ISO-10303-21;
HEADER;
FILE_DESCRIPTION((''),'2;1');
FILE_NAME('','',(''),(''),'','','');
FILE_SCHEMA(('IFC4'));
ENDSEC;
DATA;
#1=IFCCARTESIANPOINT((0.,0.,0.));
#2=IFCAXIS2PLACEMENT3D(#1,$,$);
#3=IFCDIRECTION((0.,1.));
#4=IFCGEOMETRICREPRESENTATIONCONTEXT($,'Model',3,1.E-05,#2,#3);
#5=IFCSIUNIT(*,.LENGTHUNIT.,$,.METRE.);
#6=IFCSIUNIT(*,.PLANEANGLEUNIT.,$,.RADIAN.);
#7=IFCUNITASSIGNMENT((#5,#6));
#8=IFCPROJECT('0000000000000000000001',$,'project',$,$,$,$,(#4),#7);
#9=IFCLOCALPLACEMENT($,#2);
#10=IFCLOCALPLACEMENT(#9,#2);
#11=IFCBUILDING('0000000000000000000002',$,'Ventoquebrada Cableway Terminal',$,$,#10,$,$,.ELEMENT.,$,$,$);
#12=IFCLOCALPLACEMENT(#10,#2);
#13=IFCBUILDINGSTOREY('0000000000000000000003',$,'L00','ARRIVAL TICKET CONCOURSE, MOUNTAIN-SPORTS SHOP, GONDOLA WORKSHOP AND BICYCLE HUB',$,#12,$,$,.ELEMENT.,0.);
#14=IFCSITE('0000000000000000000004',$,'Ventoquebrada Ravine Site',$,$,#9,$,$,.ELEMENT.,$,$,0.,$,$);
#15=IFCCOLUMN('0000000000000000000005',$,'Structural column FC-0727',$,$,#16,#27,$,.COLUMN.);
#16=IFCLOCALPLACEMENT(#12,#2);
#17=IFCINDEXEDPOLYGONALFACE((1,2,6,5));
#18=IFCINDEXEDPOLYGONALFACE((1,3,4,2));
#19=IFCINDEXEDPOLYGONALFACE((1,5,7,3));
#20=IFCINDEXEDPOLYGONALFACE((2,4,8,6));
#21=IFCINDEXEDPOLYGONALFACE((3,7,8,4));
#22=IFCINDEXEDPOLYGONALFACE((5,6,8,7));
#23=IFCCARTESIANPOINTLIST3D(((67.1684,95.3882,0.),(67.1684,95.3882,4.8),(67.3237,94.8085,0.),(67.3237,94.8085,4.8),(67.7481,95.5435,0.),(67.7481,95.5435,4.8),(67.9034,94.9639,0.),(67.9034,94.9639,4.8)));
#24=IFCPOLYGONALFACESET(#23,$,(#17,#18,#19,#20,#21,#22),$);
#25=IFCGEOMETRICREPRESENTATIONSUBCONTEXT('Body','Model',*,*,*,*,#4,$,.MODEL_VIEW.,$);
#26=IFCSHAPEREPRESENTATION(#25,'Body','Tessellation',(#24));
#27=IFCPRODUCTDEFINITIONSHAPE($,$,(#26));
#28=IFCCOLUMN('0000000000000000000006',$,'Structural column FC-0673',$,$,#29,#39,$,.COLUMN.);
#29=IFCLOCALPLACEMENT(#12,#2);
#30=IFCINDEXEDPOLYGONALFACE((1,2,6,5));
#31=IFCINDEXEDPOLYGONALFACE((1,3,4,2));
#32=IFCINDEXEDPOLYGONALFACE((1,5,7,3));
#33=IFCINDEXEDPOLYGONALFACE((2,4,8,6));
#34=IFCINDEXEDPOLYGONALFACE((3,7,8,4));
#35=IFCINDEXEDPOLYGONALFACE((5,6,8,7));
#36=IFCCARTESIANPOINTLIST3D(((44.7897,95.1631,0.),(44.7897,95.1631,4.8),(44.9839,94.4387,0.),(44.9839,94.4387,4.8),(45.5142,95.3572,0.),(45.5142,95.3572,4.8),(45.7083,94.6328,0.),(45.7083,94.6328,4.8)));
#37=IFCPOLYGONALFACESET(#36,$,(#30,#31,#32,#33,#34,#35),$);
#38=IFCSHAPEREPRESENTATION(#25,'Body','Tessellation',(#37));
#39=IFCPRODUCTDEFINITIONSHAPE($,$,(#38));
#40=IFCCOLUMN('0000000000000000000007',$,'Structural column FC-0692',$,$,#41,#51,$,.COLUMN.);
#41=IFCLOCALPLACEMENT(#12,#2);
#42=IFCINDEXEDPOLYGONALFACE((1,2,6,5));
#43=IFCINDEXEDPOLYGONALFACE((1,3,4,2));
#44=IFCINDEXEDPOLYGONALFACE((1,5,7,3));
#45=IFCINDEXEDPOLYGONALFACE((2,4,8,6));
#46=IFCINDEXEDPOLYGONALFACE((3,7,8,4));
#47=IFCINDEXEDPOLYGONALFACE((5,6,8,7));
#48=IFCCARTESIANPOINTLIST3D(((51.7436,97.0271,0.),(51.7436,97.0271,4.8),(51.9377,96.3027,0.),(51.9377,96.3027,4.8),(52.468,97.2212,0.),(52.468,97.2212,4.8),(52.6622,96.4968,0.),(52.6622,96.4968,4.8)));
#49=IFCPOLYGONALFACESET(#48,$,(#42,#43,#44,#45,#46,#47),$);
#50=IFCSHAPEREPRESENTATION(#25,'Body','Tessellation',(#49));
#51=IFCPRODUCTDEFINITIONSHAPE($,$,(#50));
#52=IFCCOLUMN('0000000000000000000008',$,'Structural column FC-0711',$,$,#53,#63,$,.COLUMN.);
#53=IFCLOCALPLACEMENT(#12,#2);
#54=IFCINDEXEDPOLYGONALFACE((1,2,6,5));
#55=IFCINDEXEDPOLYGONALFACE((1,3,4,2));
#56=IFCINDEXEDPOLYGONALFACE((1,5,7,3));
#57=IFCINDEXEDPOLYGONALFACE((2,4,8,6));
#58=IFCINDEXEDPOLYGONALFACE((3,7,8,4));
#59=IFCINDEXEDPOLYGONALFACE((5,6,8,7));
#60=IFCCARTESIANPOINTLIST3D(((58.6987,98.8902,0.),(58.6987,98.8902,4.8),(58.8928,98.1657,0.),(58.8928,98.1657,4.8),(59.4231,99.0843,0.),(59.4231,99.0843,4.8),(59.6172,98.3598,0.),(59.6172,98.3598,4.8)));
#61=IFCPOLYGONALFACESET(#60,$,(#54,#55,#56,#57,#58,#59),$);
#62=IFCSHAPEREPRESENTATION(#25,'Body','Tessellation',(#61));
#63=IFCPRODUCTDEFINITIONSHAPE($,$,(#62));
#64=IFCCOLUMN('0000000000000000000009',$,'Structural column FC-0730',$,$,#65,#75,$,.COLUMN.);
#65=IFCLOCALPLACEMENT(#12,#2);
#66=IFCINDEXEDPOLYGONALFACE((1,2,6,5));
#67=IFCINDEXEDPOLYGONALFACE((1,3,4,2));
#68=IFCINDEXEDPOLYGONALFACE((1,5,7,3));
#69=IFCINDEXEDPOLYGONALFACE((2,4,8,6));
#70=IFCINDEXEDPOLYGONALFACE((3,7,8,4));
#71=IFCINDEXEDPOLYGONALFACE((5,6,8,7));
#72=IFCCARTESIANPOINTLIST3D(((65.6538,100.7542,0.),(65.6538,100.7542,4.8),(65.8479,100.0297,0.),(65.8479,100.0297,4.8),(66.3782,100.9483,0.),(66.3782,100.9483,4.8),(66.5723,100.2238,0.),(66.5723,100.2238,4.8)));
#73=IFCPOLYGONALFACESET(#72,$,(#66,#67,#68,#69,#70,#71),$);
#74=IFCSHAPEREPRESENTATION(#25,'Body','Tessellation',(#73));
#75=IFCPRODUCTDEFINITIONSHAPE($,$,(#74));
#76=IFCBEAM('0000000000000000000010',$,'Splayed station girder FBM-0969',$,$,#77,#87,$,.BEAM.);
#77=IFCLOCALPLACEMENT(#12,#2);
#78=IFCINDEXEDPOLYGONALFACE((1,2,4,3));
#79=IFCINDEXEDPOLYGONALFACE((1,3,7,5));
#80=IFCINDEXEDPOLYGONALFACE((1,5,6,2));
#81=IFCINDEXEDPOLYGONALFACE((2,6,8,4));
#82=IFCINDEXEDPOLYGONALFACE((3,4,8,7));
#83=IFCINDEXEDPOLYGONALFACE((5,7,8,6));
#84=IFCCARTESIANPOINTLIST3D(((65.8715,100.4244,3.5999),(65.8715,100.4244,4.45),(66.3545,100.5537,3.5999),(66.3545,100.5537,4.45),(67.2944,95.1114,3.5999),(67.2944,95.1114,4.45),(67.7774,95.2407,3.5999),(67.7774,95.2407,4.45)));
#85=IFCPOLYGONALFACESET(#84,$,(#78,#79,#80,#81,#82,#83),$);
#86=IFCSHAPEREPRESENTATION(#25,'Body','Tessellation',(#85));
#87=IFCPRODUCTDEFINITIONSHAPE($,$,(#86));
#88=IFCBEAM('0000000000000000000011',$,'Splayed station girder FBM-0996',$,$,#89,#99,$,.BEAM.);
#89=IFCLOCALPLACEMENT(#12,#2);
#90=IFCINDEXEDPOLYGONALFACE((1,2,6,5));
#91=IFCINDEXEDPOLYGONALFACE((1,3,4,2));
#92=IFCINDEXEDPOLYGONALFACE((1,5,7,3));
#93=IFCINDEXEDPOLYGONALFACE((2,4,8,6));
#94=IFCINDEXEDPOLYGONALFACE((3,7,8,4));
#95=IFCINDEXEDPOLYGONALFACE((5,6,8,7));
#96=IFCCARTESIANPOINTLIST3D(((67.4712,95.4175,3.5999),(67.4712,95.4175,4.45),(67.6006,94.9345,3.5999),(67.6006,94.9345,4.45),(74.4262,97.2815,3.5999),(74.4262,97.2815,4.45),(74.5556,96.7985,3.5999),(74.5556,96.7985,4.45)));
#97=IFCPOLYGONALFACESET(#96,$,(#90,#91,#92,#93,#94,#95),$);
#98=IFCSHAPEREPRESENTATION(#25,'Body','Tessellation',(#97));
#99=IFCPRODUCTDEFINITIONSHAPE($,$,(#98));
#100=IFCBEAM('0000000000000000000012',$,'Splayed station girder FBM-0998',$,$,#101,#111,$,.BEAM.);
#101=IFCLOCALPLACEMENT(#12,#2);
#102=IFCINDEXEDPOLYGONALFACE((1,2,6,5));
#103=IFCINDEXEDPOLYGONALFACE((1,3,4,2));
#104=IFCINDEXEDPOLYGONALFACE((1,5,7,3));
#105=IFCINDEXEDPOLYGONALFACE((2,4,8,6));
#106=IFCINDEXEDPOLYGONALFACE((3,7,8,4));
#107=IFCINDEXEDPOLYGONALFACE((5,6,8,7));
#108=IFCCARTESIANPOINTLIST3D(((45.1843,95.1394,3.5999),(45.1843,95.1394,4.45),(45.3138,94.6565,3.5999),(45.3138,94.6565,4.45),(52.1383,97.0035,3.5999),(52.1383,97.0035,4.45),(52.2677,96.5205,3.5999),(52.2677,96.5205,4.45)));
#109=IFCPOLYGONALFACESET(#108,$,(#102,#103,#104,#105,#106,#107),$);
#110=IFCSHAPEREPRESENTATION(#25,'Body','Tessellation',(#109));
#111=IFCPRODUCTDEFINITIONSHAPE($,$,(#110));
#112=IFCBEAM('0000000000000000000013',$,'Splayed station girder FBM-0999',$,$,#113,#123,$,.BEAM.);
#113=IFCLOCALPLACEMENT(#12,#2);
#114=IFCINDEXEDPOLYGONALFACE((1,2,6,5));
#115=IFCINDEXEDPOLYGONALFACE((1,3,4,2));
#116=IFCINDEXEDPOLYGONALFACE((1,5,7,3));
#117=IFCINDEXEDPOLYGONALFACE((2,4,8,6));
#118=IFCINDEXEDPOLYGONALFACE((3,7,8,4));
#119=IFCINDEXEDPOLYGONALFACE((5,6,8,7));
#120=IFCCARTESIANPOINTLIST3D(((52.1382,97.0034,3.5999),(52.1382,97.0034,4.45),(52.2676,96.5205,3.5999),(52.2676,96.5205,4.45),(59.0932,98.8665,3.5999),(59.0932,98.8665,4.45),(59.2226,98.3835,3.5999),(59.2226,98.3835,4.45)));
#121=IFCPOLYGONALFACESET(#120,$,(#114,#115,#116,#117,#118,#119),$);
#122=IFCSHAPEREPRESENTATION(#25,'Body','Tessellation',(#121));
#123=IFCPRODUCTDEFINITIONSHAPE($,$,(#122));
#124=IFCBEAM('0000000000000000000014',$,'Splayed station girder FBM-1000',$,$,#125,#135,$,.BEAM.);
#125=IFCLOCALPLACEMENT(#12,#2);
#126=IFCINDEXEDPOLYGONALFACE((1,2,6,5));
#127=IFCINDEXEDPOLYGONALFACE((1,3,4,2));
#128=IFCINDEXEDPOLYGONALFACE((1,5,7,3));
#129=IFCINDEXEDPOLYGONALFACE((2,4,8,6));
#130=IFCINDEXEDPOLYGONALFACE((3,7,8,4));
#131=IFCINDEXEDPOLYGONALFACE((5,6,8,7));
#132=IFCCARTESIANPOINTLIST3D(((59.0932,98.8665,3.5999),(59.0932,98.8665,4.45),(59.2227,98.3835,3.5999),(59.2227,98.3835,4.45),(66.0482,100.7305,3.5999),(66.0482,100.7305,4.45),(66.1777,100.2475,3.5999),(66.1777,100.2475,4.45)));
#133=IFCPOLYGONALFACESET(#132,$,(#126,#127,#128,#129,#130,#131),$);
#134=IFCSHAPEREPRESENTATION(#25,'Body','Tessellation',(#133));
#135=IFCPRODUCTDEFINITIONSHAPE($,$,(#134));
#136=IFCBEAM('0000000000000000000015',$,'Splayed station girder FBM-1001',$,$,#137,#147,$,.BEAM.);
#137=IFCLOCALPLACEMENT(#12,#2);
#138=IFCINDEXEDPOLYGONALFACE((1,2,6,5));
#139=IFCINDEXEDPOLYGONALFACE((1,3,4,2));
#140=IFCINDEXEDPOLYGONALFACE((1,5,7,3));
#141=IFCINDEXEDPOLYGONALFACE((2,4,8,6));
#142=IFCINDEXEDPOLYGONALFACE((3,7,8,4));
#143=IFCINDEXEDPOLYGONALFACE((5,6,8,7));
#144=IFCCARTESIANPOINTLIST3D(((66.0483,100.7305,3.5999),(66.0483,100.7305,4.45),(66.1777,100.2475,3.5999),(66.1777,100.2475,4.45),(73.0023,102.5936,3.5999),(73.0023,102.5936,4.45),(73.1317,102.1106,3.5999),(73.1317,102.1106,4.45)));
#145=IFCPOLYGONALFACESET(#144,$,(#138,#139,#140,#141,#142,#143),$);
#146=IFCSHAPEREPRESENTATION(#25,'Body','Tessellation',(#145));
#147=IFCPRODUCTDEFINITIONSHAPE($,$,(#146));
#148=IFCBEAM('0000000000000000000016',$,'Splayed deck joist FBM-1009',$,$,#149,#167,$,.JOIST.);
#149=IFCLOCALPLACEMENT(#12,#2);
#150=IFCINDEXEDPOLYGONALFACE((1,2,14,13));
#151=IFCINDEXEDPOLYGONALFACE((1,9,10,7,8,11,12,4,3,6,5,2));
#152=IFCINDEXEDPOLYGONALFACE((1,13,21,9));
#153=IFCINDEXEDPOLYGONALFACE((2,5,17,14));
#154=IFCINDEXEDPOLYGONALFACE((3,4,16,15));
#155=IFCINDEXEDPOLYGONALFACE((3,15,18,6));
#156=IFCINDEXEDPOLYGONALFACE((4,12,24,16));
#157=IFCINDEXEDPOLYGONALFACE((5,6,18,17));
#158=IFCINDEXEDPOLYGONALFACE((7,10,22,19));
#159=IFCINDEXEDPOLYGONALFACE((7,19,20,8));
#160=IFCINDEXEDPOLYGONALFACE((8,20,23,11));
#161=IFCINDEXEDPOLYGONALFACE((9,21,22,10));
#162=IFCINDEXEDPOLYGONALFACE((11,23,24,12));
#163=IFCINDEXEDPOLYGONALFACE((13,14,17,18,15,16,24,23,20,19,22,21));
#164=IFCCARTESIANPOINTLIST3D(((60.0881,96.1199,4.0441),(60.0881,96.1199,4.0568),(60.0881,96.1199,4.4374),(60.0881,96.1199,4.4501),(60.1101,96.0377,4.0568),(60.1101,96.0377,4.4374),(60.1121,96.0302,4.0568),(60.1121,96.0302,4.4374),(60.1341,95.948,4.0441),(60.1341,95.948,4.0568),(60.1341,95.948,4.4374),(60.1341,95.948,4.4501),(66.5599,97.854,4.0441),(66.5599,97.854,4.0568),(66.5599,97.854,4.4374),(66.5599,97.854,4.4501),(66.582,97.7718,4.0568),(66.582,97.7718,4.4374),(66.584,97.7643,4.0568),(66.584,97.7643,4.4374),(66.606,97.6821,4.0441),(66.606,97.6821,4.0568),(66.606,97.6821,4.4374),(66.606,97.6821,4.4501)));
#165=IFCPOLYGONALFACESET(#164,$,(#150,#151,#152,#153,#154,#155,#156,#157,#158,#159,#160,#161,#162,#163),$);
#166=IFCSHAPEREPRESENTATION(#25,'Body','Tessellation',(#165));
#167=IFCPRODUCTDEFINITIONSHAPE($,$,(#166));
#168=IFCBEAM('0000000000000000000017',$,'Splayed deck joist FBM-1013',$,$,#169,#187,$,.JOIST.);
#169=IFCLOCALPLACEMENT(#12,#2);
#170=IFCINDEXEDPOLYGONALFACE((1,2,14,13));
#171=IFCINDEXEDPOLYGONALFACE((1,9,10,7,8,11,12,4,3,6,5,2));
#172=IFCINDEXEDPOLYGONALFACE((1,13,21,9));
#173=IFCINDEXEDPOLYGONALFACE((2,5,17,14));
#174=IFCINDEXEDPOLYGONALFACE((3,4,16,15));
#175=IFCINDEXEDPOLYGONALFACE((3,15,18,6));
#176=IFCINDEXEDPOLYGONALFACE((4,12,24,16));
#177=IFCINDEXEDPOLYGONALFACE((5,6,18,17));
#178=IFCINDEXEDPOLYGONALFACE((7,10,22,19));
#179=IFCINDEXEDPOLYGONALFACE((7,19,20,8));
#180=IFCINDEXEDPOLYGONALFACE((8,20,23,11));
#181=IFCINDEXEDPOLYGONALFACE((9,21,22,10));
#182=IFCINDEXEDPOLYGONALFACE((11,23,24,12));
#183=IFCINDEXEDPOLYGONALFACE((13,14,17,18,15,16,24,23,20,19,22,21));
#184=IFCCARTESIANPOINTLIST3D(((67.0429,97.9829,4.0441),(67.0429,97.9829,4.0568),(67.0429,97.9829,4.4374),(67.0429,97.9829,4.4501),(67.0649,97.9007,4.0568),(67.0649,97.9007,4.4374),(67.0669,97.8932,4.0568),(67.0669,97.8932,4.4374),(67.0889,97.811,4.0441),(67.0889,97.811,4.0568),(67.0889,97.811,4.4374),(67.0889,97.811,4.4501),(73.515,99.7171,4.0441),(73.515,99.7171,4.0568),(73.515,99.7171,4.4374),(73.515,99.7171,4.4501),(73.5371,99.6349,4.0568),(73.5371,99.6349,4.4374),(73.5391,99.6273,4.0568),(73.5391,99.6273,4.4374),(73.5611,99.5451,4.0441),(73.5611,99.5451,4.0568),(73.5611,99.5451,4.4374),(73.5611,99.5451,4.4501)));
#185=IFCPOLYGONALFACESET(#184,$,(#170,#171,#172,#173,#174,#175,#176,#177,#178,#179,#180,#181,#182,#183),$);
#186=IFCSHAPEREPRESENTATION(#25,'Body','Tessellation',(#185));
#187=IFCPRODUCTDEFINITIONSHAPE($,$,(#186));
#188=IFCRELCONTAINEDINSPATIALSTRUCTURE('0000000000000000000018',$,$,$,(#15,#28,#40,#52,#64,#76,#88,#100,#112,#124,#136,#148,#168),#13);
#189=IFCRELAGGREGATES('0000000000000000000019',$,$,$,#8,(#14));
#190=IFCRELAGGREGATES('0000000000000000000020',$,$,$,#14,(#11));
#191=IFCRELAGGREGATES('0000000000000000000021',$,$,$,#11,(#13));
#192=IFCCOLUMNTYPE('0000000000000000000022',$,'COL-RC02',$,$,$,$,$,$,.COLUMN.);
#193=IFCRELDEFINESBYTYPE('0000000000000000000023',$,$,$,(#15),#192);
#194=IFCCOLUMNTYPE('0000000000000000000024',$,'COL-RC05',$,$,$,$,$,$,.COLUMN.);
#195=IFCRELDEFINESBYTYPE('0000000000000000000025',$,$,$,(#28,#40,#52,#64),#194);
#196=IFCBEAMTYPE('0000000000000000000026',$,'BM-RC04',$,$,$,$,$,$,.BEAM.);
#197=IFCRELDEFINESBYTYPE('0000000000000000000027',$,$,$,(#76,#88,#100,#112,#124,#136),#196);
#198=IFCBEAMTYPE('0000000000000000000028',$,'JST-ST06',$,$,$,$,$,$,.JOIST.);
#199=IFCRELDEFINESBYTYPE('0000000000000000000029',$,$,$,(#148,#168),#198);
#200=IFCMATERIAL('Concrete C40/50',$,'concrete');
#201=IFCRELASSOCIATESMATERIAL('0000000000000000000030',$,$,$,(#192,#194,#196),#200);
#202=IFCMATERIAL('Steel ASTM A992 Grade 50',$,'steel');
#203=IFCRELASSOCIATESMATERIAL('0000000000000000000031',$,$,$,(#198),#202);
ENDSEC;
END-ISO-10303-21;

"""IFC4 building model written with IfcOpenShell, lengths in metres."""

from ifc_helpers import new_model, si_unit, direction, frame, origin, origin_2d, place, context, subcontext, project, spatial, rectangle, i_section, extrude, material, material_profile, profile_set, type_object, element, save


model = new_model("IFC4")

# Units and contexts
model_context = context("Model", 3, precision=1e-05, world=origin(), true_north=direction((0.0, 1.0)))
body_context = subcontext(model_context, "Body", "Model", "MODEL_VIEW")
ifc_project = project(units=[si_unit("LENGTHUNIT", "METRE"), si_unit("PLANEANGLEUNIT", "RADIAN")], contexts=[model_context])

# Site, building, storey
site_placement = place(None, origin())
site = spatial("IfcSite", under=ifc_project, at=site_placement, Name="Ventoquebrada Ravine Site", CompositionType="ELEMENT", RefElevation=0.0)
building_placement = place(site_placement, origin())
building = spatial("IfcBuilding", under=site, at=building_placement, Name="Ventoquebrada Cableway Terminal", CompositionType="ELEMENT")
storey_placement = place(building_placement, origin())
storey = spatial("IfcBuildingStorey", under=building, at=storey_placement, Name="L00", Description="ARRIVAL TICKET CONCOURSE, MOUNTAIN-SPORTS SHOP, GONDOLA WORKSHOP AND BICYCLE HUB", CompositionType="ELEMENT", Elevation=0.0)

# Columns
ifc_material_1 = material(Name="Concrete C40/50", Category="concrete")
ifc_material_profile_1 = material_profile(ifc_material_1, rectangle(XDim=0.6001, YDim=0.6001, at=origin_2d()), Name="RC-COL-600X600")
ifc_profile_set_1 = profile_set([ifc_material_profile_1], Name="Concrete C40/50")
column_type_1 = type_object("IfcColumnType", Name="COL-RC02", PredefinedType="COLUMN", material=ifc_profile_set_1)
column_placement = place(storey_placement, frame((67.5359, 95.176, 0.0), z_axis=(0.0, 0.0, 1.0), x_axis=(0.965926, 0.258819, 0.0)))
element("IfcColumn", 1, at=column_placement, inside=storey, type_object=column_type_1, Name="Structural column FC-0727", PredefinedType="COLUMN", context=body_context, shape_type="SweptSolid", body=[
    extrude(rectangle(XDim=0.6001, YDim=0.6001, at=origin_2d()), origin(), (0.0, 0.0, 1.0), 4.8),
])
ifc_material_profile_2 = material_profile(ifc_material_1, rectangle(XDim=0.75, YDim=0.75, at=origin_2d()), Name="RC-COL-750X750")
ifc_profile_set_2 = profile_set([ifc_material_profile_2], Name="Concrete C40/50")
column_type_2 = type_object("IfcColumnType", Name="COL-RC05", PredefinedType="COLUMN", material=ifc_profile_set_2)
for number, where, z_axis, x_axis, name in (
    (2, (45.249, 94.8979, 0.0), (0.0, 0.0, 1.0), (0.965926, 0.258819, 0.0), "Structural column FC-0673"),
    (3, (52.2029, 96.762, 0.0), (0.0, 0.0, 1.0), (0.965926, 0.258819, 0.0), "Structural column FC-0692"),
    (4, (59.158, 98.625, 0.0), (0.0, 0.0, 1.0), (0.965926, 0.258819, 0.0), "Structural column FC-0711"),
    (5, (66.113, 100.489, 0.0), (0.0, 0.0, 1.0), (0.965926, 0.258819, 0.0), "Structural column FC-0730"),
):
    element("IfcColumn", number, at=place(storey_placement, frame(where, z_axis=z_axis, x_axis=x_axis)), inside=storey, type_object=column_type_2, Name=name, PredefinedType="COLUMN", context=body_context, shape_type="SweptSolid", body=[
        extrude(rectangle(XDim=0.75, YDim=0.75, at=origin_2d()), origin(), (0.0, 0.0, 1.0), 4.8),
    ])

# Beams
ifc_material_profile_3 = material_profile(ifc_material_1, rectangle(XDim=0.5, YDim=0.8501, at=origin_2d()), Name="RC-BM-500X850")
ifc_profile_set_3 = profile_set([ifc_material_profile_3], Name="Concrete C40/50")
beam_type_1 = type_object("IfcBeamType", Name="BM-RC04", PredefinedType="BEAM", material=ifc_profile_set_3)
beam_1_placement = place(storey_placement, frame((67.5359, 95.176, 4.0249), z_axis=(-0.25869, 0.96596, 0.0), x_axis=(-0.96596, -0.25869, 0.0)))
element("IfcBeam", 6, at=beam_1_placement, inside=storey, type_object=beam_type_1, Name="Splayed station girder FBM-0969", PredefinedType="BEAM", context=body_context, shape_type="SweptSolid", body=[
    extrude(rectangle(XDim=0.5, YDim=0.8501, at=origin_2d()), origin(), (0.0, 0.0, 1.0), 5.5002),
])
beam_2_placement = place(storey_placement, frame((67.5359, 95.176, 4.0249), z_axis=(0.965912, 0.258872, 0.0), x_axis=(-0.258872, 0.965912, 0.0)))
element("IfcBeam", 7, at=beam_2_placement, inside=storey, type_object=beam_type_1, Name="Splayed station girder FBM-0996", PredefinedType="BEAM", context=body_context, shape_type="SweptSolid", body=[
    extrude(rectangle(XDim=0.5, YDim=0.8501, at=origin_2d()), origin(), (0.0, 0.0, 1.0), 7.2004),
])
beam_3_placement = place(storey_placement, frame((45.249, 94.8979, 4.0249), z_axis=(0.9659, 0.258914, 0.0), x_axis=(-0.258914, 0.9659, 0.0)))
element("IfcBeam", 8, at=beam_3_placement, inside=storey, type_object=beam_type_1, Name="Splayed station girder FBM-0998", PredefinedType="BEAM", context=body_context, shape_type="SweptSolid", body=[
    extrude(rectangle(XDim=0.5, YDim=0.8501, at=origin_2d()), origin(), (0.0, 0.0, 1.0), 7.1995),
])
beam_4_placement = place(storey_placement, frame((52.2029, 96.762, 4.0249), z_axis=(0.965946, 0.258745, 0.0), x_axis=(-0.258745, 0.965946, 0.0)))
element("IfcBeam", 9, at=beam_4_placement, inside=storey, type_object=beam_type_1, Name="Splayed station girder FBM-0999", PredefinedType="BEAM", context=body_context, shape_type="SweptSolid", body=[
    extrude(rectangle(XDim=0.5, YDim=0.8501, at=origin_2d()), origin(), (0.0, 0.0, 1.0), 7.2002),
])
beam_5_placement = place(storey_placement, frame((59.158, 98.625, 4.0249), z_axis=(0.965912, 0.258872, 0.0), x_axis=(-0.258872, 0.965912, 0.0)))
element("IfcBeam", 10, at=beam_5_placement, inside=storey, type_object=beam_type_1, Name="Splayed station girder FBM-1000", PredefinedType="BEAM", context=body_context, shape_type="SweptSolid", body=[
    extrude(rectangle(XDim=0.5, YDim=0.8501, at=origin_2d()), origin(), (0.0, 0.0, 1.0), 7.2004),
])
beam_6_placement = place(storey_placement, frame((66.113, 100.489, 4.0249), z_axis=(0.965934, 0.258788, 0.0), x_axis=(-0.258788, 0.965934, 0.0)))
element("IfcBeam", 11, at=beam_6_placement, inside=storey, type_object=beam_type_1, Name="Splayed station girder FBM-1001", PredefinedType="BEAM", context=body_context, shape_type="SweptSolid", body=[
    extrude(rectangle(XDim=0.5, YDim=0.8501, at=origin_2d()), origin(), (0.0, 0.0, 1.0), 7.1992),
])
ifc_material_2 = material(Name="Steel ASTM A992 Grade 50", Category="steel")
ifc_material_profile_4 = material_profile(ifc_material_2, i_section(OverallWidth=0.178, OverallDepth=0.406, WebThickness=0.0078, FlangeThickness=0.0127, at=origin_2d()), Name="W16X40")
ifc_profile_set_4 = profile_set([ifc_material_profile_4], Name="Steel ASTM A992 Grade 50")
beam_type_2 = type_object("IfcBeamType", Name="JST-ST06", PredefinedType="JOIST", material=ifc_profile_set_4)
beam_7_placement = place(storey_placement, frame((60.1111, 96.0339, 4.2471), z_axis=(0.965926, 0.258817, 0.0), x_axis=(-0.258817, 0.965926, 0.0)))
element("IfcBeam", 12, at=beam_7_placement, inside=storey, type_object=beam_type_2, Name="Splayed deck joist FBM-1009", PredefinedType="JOIST", context=body_context, shape_type="SweptSolid", body=[
    extrude(i_section(OverallWidth=0.178, OverallDepth=0.406, WebThickness=0.0078, FlangeThickness=0.0127, at=origin_2d()), origin(), (0.0, 0.0, 1.0), 6.7002),
])
beam_8_placement = place(storey_placement, frame((67.0659, 97.897, 4.2471), z_axis=(0.965929, 0.258808, 0.0), x_axis=(-0.258808, 0.965929, 0.0)))
element("IfcBeam", 13, at=beam_8_placement, inside=storey, type_object=beam_type_2, Name="Splayed deck joist FBM-1013", PredefinedType="JOIST", context=body_context, shape_type="SweptSolid", body=[
    extrude(i_section(OverallWidth=0.178, OverallDepth=0.406, WebThickness=0.0078, FlangeThickness=0.0127, at=origin_2d()), origin(), (0.0, 0.0, 1.0), 6.7004),
])

save(model, "model.ifc")
